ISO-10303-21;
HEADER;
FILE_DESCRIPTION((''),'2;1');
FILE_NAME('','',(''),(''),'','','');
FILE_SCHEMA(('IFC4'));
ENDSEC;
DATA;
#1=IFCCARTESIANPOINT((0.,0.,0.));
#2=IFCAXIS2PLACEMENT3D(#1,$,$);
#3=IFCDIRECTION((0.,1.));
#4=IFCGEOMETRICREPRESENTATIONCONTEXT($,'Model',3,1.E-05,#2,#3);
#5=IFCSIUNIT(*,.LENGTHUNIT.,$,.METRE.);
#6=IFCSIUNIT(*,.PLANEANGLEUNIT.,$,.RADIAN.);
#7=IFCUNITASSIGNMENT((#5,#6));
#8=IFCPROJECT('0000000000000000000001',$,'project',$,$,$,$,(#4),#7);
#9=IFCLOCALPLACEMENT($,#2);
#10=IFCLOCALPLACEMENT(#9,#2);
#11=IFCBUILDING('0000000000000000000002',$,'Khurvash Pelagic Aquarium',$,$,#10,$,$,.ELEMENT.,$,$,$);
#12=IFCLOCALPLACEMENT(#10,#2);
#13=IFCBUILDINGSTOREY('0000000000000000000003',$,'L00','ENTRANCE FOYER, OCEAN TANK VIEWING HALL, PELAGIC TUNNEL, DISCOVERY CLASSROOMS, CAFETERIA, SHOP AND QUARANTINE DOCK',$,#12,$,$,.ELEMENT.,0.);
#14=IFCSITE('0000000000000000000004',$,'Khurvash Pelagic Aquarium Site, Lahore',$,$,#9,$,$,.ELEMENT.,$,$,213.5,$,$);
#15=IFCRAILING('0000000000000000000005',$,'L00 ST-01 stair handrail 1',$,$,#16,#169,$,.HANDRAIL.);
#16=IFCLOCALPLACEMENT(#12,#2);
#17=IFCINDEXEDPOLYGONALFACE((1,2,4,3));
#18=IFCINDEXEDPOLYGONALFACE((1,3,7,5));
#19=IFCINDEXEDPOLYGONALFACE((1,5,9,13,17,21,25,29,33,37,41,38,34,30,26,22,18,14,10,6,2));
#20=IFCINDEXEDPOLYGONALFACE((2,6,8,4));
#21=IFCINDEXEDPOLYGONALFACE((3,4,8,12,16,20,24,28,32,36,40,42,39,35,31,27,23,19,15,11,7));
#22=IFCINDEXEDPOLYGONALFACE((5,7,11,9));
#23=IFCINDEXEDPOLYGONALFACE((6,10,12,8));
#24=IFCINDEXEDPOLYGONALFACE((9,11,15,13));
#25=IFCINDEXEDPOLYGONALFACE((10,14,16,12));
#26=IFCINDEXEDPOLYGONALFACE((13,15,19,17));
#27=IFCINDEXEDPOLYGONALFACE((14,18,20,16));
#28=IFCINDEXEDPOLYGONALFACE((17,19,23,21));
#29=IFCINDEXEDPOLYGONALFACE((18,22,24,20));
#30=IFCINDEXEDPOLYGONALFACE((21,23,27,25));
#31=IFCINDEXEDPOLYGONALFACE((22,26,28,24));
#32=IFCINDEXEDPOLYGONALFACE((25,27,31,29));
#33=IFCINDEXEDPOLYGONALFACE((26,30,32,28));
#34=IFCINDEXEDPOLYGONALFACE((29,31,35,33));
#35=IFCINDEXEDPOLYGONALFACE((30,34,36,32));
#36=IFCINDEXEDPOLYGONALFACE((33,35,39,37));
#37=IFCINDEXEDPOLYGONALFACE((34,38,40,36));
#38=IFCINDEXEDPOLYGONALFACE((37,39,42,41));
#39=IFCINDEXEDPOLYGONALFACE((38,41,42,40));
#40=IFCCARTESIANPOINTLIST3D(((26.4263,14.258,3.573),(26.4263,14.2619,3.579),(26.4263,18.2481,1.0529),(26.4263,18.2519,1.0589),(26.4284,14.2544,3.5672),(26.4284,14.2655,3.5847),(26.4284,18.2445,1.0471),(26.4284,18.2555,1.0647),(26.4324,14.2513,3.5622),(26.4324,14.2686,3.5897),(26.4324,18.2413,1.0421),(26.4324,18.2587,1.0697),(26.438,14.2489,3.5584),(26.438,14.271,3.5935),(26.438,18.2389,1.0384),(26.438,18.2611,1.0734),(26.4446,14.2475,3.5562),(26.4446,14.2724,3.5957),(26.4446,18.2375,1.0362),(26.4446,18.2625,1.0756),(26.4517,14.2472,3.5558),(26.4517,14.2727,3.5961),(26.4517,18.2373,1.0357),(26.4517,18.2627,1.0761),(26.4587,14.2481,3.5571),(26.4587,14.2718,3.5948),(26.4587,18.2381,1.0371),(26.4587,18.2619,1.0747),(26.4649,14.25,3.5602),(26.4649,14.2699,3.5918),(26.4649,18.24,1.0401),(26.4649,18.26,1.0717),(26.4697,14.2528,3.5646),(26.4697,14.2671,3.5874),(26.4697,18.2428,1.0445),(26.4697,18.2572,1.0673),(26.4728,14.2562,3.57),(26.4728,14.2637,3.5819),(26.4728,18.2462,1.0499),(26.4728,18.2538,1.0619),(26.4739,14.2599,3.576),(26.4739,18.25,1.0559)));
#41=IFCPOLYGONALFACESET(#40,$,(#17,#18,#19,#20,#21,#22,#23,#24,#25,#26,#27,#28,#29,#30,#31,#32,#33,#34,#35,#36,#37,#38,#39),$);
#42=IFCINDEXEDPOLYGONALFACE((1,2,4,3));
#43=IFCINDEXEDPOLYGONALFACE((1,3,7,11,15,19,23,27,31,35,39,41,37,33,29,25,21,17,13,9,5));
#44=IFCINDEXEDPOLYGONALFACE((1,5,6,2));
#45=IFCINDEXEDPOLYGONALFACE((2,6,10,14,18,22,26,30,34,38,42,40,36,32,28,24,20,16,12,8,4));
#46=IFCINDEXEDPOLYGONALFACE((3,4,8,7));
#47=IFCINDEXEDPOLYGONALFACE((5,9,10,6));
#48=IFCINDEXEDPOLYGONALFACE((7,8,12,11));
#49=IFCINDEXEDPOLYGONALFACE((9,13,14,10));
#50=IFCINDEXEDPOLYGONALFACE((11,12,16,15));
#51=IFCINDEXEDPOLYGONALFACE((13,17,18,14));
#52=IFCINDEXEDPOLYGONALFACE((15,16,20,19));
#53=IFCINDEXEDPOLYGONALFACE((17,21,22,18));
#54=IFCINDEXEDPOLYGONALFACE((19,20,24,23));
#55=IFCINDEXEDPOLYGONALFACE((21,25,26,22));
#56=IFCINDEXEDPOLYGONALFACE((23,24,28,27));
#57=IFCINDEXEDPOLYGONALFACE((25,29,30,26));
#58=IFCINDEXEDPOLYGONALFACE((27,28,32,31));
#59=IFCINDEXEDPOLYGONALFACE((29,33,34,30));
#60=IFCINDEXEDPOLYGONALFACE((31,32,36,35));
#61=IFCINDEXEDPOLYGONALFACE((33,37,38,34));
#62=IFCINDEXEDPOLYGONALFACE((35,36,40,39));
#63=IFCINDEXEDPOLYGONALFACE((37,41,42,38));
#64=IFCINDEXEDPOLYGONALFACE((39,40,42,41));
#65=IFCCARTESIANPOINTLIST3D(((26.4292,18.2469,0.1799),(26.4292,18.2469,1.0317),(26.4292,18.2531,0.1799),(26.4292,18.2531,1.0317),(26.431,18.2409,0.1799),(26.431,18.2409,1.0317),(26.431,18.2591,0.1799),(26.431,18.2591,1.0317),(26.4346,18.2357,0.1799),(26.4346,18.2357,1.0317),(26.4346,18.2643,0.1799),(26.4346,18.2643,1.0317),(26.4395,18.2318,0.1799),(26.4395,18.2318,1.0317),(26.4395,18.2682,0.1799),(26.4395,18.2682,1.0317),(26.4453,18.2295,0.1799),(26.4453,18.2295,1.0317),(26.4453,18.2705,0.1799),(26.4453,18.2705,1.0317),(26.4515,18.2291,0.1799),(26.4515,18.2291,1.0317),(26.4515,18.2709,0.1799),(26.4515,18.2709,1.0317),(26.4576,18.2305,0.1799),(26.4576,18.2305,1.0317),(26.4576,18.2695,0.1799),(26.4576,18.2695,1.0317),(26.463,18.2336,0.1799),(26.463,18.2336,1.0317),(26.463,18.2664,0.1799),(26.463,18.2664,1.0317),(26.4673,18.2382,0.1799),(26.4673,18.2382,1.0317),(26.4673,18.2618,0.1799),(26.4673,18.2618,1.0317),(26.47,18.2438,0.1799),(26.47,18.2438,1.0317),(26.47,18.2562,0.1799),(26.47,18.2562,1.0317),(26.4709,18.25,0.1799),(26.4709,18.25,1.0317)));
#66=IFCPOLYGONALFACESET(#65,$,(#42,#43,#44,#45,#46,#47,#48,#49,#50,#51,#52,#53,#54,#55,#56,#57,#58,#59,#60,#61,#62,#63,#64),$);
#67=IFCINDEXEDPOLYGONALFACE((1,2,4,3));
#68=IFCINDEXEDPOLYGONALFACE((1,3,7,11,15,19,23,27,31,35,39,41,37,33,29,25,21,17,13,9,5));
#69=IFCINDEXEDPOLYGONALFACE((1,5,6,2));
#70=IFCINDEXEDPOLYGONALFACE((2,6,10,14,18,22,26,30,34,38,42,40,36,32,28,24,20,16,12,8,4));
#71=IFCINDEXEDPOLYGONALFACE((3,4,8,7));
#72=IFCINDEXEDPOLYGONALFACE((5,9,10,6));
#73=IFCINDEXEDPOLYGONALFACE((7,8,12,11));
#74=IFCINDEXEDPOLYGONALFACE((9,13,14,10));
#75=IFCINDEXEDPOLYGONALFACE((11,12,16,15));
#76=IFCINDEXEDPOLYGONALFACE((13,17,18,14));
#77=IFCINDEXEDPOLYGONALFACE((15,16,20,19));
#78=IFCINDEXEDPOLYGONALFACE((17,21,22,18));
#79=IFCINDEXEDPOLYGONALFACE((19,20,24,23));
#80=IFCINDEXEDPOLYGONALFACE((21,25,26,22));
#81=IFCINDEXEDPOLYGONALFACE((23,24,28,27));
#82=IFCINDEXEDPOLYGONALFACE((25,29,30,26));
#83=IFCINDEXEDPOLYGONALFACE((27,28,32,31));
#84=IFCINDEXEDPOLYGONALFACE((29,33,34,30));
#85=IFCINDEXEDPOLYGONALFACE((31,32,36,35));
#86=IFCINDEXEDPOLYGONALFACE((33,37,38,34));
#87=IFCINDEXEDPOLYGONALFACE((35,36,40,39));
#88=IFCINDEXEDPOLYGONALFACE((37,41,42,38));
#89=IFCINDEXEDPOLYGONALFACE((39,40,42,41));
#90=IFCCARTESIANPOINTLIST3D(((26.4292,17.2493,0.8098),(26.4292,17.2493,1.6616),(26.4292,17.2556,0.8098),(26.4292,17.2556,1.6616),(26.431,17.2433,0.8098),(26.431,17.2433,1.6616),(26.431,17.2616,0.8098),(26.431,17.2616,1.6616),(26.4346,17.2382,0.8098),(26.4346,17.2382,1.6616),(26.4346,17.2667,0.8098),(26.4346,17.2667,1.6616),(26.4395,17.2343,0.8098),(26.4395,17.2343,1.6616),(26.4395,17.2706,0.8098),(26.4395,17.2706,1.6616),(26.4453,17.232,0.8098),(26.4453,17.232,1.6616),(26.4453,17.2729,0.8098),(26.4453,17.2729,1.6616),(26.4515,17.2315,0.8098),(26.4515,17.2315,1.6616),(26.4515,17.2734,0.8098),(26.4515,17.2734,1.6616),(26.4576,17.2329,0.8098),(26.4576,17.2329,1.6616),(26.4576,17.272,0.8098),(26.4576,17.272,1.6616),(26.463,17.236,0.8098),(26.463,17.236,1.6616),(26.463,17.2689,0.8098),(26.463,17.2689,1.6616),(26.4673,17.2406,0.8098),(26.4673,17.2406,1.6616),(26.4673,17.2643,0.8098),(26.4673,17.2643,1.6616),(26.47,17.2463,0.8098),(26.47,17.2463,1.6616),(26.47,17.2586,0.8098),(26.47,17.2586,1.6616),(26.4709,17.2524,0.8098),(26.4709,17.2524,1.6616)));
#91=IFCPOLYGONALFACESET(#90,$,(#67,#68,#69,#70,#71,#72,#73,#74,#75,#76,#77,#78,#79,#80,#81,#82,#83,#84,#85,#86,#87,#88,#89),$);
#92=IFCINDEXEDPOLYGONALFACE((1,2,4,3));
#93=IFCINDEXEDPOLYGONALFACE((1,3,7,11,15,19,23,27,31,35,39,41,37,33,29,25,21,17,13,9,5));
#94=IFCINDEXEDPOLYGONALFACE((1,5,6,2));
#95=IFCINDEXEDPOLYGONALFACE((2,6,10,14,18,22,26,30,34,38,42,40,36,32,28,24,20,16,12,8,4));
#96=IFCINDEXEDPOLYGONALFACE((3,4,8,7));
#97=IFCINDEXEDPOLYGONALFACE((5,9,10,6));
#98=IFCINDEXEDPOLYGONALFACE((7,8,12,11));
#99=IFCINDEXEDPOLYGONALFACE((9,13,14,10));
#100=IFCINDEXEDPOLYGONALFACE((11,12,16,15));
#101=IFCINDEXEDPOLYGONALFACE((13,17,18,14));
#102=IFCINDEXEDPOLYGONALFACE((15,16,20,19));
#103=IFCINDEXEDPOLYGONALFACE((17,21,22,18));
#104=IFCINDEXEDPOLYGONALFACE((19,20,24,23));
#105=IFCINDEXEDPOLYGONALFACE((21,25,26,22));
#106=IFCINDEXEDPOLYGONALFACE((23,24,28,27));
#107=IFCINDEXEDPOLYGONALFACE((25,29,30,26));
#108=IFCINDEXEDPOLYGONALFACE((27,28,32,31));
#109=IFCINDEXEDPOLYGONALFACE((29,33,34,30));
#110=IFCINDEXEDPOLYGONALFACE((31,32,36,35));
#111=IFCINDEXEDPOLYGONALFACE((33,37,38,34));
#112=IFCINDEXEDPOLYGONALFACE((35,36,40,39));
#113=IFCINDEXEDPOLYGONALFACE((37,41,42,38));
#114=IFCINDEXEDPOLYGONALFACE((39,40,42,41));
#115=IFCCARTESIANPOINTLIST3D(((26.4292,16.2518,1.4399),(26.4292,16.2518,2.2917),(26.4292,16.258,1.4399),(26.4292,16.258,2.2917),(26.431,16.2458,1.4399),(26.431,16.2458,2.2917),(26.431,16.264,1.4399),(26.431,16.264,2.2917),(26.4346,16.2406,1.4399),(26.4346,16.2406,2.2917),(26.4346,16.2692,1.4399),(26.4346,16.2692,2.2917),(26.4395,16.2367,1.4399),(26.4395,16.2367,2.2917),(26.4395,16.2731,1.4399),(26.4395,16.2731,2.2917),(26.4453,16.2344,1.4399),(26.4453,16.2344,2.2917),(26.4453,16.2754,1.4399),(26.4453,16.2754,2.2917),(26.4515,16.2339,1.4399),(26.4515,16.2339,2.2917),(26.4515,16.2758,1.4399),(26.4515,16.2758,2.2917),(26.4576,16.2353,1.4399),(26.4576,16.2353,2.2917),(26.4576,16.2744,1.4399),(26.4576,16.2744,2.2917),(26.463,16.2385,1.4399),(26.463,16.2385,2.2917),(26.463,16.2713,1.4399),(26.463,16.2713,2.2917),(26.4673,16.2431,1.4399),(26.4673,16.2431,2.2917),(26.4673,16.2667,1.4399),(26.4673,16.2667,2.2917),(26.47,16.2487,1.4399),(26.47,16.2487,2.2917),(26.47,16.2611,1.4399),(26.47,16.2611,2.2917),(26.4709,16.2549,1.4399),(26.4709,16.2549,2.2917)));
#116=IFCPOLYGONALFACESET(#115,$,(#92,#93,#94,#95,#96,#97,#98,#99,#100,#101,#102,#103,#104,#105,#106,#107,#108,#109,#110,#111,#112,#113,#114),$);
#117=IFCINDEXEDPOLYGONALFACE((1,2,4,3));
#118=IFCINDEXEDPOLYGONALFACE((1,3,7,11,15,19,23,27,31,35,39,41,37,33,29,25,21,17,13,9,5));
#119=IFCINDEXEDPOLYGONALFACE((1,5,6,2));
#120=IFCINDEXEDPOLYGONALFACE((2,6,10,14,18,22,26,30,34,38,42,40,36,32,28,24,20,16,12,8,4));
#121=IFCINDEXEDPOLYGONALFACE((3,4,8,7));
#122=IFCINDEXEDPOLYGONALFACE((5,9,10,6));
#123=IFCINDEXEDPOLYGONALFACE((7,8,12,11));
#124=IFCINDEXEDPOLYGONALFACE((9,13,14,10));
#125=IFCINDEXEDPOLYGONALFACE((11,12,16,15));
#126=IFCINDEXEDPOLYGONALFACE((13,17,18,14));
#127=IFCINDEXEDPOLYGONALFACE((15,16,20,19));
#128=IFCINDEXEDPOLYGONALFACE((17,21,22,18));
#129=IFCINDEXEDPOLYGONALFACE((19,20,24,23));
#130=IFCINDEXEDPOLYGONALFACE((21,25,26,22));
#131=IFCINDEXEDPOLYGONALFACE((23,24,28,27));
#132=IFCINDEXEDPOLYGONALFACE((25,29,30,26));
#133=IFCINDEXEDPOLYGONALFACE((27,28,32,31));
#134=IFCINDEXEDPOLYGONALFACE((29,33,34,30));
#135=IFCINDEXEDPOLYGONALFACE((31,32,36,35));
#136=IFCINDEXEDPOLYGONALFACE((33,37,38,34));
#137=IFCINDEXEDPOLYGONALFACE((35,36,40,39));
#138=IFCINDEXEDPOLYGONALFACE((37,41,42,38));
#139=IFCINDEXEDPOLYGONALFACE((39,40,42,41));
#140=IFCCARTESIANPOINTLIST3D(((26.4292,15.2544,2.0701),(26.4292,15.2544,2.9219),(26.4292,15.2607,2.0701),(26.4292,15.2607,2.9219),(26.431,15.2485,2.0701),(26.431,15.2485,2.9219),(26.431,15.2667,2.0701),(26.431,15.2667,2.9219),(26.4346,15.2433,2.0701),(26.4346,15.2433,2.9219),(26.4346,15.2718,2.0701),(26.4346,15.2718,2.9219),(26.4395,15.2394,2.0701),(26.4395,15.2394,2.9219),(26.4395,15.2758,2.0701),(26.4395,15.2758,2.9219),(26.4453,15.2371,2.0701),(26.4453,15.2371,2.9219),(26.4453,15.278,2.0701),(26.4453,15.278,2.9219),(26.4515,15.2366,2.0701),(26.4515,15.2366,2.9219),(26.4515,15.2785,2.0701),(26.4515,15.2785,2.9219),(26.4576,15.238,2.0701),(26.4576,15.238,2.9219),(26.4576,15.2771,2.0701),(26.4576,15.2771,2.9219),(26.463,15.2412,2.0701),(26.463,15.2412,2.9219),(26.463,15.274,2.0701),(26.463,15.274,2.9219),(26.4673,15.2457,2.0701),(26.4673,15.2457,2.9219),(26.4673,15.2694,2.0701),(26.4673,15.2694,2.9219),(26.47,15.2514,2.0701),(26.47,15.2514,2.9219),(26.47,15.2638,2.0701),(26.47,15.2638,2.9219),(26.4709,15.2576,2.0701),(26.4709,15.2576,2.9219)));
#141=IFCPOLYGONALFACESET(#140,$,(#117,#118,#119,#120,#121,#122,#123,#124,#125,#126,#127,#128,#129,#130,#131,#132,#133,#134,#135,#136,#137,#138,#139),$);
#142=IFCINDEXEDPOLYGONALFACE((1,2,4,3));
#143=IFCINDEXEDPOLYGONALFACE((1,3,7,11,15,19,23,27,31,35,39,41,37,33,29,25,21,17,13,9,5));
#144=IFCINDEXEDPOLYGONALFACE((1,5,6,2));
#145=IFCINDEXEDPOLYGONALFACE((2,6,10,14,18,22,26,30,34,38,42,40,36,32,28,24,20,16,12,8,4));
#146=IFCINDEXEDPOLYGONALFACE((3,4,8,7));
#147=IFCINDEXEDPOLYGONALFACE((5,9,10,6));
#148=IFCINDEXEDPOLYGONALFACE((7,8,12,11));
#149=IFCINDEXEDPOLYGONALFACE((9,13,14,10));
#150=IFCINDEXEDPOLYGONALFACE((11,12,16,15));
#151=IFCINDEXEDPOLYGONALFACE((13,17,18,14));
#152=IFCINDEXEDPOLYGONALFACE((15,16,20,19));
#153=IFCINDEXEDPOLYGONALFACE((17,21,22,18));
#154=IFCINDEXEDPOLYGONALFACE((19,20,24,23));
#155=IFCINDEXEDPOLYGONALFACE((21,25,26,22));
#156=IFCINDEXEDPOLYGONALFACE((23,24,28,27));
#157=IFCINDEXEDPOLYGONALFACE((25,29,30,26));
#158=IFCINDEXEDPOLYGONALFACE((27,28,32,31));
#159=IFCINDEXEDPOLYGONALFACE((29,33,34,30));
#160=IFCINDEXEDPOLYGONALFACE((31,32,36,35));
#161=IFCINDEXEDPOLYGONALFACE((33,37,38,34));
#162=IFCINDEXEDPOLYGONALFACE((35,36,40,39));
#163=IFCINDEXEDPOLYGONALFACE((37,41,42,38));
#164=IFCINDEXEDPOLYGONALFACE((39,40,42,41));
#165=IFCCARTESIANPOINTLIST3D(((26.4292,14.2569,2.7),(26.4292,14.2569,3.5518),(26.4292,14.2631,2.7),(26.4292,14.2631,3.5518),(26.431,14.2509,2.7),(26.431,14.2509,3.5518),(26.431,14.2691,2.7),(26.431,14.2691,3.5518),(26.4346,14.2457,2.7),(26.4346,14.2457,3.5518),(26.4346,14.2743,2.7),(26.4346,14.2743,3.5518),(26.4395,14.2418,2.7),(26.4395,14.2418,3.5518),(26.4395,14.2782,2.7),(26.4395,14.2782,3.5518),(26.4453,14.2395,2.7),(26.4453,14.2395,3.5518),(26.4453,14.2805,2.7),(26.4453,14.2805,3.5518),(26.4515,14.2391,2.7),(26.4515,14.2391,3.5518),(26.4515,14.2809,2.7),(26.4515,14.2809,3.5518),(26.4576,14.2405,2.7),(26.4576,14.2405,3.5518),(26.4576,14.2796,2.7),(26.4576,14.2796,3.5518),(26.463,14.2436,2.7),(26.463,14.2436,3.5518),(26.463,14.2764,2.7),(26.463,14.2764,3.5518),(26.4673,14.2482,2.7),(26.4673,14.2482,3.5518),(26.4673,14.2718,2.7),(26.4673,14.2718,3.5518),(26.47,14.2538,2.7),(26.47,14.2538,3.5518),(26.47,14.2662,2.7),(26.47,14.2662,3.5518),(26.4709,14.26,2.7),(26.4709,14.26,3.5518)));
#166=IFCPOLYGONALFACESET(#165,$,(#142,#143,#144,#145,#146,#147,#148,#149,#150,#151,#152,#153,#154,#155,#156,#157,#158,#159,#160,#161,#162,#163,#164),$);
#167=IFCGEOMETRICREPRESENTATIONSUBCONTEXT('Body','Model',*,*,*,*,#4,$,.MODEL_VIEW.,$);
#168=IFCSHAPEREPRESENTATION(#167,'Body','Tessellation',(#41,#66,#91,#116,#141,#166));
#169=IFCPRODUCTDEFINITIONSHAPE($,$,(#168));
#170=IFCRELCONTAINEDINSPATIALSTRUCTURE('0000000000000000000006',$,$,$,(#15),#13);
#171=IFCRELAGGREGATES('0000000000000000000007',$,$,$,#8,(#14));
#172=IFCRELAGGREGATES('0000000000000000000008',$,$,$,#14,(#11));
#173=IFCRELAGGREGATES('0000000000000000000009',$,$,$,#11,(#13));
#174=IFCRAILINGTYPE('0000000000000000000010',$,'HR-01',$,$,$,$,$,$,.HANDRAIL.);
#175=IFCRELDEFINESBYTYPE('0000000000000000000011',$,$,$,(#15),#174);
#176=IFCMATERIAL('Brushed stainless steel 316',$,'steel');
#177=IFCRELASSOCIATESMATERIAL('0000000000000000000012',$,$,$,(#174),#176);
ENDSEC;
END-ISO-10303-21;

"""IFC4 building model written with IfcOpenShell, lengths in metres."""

from ifc_helpers import new_model, si_unit, direction, frame, origin, origin_2d, place, context, subcontext, project, spatial, circle, extrude, material, type_object, element, save


model = new_model("IFC4")

# Units and contexts
model_context = context("Model", 3, precision=1e-05, world=origin(), true_north=direction((0.0, 1.0)))
body_context = subcontext(model_context, "Body", "Model", "MODEL_VIEW")
ifc_project = project(units=[si_unit("LENGTHUNIT", "METRE"), si_unit("PLANEANGLEUNIT", "RADIAN")], contexts=[model_context])

# Site, building, storey
site_placement = place(None, origin())
site = spatial("IfcSite", under=ifc_project, at=site_placement, Name="Khurvash Pelagic Aquarium Site, Lahore", CompositionType="ELEMENT", RefElevation=213.5)
building_placement = place(site_placement, origin())
building = spatial("IfcBuilding", under=site, at=building_placement, Name="Khurvash Pelagic Aquarium", CompositionType="ELEMENT")
storey_placement = place(building_placement, origin())
storey = spatial("IfcBuildingStorey", under=building, at=storey_placement, Name="L00", Description="ENTRANCE FOYER, OCEAN TANK VIEWING HALL, PELAGIC TUNNEL, DISCOVERY CLASSROOMS, CAFETERIA, SHOP AND QUARANTINE DOCK", CompositionType="ELEMENT", Elevation=0.0)

# Railing
ifc_material_1 = material(Name="Brushed stainless steel 316", Category="steel")
railing_type_1 = type_object("IfcRailingType", Name="HR-01", PredefinedType="HANDRAIL", material=ifc_material_1)
railing_1_placement = place(storey_placement, frame((26.45, 18.25, 0.1799)))
element("IfcRailing", 1, at=railing_1_placement, inside=storey, type_object=railing_type_1, Name="L00 ST-01 stair handrail 1", PredefinedType="HANDRAIL", context=body_context, shape_type="SweptSolid", body=[
    extrude(circle(Radius=0.0239, at=origin_2d()), frame((0.0, 0.0, 0.876), z_axis=(0.0, -0.845486, 0.533997), x_axis=(1.0, 0.0, 0.0)), (0.0, 0.0, 1.0), 4.7192),
    extrude(circle(Radius=0.021, at=origin_2d()), origin(), (0.0, 0.0, 1.0), 0.8518),
    extrude(circle(Radius=0.021, at=origin_2d()), frame((0.0, -0.9976, 0.6299)), (0.0, 0.0, 1.0), 0.8518),
    extrude(circle(Radius=0.021, at=origin_2d()), frame((0.0, -1.9951, 1.26)), (0.0, 0.0, 1.0), 0.8518),
    extrude(circle(Radius=0.021, at=origin_2d()), frame((0.0, -2.9924, 1.8901)), (0.0, 0.0, 1.0), 0.8518),
    extrude(circle(Radius=0.021, at=origin_2d()), frame((0.0, -3.99, 2.52)), (0.0, 0.0, 1.0), 0.8518),
])

save(model, "model.ifc")
